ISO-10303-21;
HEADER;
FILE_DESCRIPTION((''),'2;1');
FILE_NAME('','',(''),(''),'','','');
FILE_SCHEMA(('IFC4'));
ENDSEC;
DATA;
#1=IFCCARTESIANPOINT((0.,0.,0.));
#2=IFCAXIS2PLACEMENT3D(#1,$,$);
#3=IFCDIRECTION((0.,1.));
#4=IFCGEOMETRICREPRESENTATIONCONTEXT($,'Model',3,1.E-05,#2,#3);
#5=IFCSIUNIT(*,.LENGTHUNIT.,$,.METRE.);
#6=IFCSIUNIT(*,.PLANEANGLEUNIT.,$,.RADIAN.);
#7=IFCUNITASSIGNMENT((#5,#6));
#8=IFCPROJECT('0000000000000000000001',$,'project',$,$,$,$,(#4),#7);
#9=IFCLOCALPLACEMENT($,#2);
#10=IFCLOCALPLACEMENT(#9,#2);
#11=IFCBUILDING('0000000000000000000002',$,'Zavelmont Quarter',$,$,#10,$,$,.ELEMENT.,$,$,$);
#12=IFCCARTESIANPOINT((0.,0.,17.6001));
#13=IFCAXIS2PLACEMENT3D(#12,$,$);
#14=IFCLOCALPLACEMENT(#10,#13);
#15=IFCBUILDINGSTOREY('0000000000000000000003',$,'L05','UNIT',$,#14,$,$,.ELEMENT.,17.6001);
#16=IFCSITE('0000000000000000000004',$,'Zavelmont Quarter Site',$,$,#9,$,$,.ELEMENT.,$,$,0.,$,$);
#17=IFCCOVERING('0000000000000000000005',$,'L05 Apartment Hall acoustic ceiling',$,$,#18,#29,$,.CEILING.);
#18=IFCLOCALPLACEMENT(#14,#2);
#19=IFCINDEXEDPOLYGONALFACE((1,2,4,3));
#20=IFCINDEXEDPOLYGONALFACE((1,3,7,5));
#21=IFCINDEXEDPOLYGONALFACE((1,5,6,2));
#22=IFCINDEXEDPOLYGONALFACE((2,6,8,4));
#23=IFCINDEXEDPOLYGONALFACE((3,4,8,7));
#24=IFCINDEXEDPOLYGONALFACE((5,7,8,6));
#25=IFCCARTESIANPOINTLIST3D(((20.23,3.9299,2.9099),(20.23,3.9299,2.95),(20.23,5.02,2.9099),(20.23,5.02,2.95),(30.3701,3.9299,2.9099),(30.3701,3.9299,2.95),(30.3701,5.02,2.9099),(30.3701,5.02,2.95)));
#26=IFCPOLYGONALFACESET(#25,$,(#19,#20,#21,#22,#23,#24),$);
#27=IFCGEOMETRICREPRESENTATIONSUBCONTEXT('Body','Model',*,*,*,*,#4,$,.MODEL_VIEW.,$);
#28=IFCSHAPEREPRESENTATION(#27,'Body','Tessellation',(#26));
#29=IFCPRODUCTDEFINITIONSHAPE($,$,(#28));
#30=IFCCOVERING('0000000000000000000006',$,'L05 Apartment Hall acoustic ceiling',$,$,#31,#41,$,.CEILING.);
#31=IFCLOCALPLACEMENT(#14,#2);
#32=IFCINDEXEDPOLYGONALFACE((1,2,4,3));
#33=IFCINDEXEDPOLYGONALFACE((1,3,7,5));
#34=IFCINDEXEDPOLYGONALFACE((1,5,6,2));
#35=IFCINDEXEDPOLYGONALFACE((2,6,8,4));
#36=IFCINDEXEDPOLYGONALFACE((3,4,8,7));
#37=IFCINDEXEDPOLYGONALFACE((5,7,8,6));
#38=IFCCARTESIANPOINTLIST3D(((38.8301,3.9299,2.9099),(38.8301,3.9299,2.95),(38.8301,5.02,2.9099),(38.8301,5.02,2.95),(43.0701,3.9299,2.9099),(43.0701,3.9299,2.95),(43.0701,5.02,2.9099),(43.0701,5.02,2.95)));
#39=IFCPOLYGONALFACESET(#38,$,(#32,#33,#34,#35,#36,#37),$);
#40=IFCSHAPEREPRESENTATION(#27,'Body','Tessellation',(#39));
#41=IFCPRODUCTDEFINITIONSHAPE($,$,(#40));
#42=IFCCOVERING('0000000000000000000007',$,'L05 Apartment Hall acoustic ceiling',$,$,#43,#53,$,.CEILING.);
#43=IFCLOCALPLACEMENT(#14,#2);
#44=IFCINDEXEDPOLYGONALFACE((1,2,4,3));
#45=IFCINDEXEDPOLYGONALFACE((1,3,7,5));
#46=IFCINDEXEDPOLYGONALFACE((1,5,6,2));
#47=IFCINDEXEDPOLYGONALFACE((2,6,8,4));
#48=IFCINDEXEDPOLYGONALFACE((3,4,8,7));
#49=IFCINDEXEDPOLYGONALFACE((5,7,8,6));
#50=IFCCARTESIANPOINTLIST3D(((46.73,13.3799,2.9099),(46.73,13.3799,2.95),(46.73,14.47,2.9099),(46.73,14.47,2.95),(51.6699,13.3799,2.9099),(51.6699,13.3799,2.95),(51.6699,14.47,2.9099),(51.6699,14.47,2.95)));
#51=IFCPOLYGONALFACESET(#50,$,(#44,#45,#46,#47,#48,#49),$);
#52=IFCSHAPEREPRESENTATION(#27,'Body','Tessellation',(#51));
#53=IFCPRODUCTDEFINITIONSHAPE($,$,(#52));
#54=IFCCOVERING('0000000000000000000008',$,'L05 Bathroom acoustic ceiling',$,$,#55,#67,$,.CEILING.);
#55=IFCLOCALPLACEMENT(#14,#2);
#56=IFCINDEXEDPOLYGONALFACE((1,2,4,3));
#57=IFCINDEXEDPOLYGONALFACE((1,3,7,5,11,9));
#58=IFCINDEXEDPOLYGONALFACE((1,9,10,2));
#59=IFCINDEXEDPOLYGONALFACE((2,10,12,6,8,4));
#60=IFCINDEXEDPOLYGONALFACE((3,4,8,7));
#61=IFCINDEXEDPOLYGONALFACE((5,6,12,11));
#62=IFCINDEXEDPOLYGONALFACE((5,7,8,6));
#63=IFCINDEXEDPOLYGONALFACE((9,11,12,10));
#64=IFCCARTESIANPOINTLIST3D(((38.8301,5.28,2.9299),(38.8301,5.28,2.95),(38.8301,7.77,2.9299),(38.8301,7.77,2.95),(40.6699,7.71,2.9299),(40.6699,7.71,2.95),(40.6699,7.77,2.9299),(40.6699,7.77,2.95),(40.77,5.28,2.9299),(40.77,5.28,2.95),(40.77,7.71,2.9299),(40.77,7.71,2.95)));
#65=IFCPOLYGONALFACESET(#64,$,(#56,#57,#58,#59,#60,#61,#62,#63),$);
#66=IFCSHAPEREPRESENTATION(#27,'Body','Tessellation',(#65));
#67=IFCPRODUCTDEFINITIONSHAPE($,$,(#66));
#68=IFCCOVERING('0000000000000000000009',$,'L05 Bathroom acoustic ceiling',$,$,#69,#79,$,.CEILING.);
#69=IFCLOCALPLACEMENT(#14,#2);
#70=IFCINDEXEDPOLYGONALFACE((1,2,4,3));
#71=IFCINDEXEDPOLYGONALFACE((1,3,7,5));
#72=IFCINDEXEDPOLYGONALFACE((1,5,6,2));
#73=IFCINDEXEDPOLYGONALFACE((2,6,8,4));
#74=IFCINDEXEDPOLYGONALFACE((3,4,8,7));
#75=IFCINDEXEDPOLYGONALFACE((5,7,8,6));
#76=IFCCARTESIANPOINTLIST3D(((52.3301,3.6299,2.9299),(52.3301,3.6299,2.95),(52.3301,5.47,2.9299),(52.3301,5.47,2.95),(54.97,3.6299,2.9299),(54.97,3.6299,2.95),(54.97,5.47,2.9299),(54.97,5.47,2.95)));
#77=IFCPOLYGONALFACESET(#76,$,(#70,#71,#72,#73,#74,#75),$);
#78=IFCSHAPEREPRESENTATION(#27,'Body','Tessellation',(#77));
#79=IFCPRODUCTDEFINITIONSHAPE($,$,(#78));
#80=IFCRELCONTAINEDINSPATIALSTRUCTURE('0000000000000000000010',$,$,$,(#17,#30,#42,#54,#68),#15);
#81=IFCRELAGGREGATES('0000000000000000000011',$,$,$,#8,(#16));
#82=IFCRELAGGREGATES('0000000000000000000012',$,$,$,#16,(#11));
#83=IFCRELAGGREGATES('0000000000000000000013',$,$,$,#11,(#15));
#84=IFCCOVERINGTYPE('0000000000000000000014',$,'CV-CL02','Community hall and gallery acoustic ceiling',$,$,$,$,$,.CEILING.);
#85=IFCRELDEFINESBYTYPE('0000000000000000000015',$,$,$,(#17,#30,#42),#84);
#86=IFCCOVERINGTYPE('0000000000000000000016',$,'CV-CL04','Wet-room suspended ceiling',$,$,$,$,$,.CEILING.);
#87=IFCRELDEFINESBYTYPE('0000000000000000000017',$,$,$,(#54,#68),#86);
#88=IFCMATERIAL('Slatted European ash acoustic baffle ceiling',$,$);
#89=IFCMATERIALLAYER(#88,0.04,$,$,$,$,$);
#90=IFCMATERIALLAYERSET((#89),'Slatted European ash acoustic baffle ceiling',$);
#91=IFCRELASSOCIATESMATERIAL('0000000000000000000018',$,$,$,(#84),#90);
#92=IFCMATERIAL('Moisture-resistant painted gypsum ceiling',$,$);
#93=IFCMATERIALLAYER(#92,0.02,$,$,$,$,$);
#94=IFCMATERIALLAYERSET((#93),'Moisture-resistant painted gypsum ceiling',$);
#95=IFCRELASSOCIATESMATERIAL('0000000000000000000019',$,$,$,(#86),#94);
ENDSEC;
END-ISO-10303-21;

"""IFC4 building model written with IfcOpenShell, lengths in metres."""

from ifc_helpers import new_model, si_unit, direction, frame, origin, place, context, subcontext, project, spatial, polyline, outline, extrude, material, layer, layer_set, type_object, element, save


model = new_model("IFC4")

# Units and contexts
model_context = context("Model", 3, precision=1e-05, world=origin(), true_north=direction((0.0, 1.0)))
body_context = subcontext(model_context, "Body", "Model", "MODEL_VIEW")
ifc_project = project(units=[si_unit("LENGTHUNIT", "METRE"), si_unit("PLANEANGLEUNIT", "RADIAN")], contexts=[model_context])

# Site, building, storey
site_placement = place(None, origin())
site = spatial("IfcSite", under=ifc_project, at=site_placement, Name="Zavelmont Quarter Site", CompositionType="ELEMENT", RefElevation=0.0)
building_placement = place(site_placement, origin())
building = spatial("IfcBuilding", under=site, at=building_placement, Name="Zavelmont Quarter", CompositionType="ELEMENT")
storey_placement = place(building_placement, frame((0.0, 0.0, 17.6001)))
storey = spatial("IfcBuildingStorey", under=building, at=storey_placement, Name="L05", Description="UNIT", CompositionType="ELEMENT", Elevation=17.6001)

# Coverings
ifc_material_1 = material(Name="Slatted European ash acoustic baffle ceiling")
ifc_layer_1 = layer(ifc_material_1, 0.04)
ifc_layer_set_1 = layer_set([ifc_layer_1], Name="Slatted European ash acoustic baffle ceiling")
covering_type_1 = type_object("IfcCoveringType", Name="CV-CL02", Description="Community hall and gallery acoustic ceiling", PredefinedType="CEILING", material=ifc_layer_set_1)
covering_1_placement = place(storey_placement, frame((0.0, 0.0, 2.9099)))
element("IfcCovering", 1, at=covering_1_placement, inside=storey, type_object=covering_type_1, Name="L05 Apartment Hall acoustic ceiling", PredefinedType="CEILING", context=body_context, shape_type="SweptSolid", body=[
    extrude(outline(polyline([(20.23, 5.02), (30.3701, 5.02), (30.3701, 3.9299), (20.23, 3.9299), (20.23, 5.02)])), origin(), (0.0, 0.0, 1.0), 0.04),
])
covering_2_placement = place(storey_placement, frame((0.0, 0.0, 2.9099)))
element("IfcCovering", 2, at=covering_2_placement, inside=storey, type_object=covering_type_1, Name="L05 Apartment Hall acoustic ceiling", PredefinedType="CEILING", context=body_context, shape_type="SweptSolid", body=[
    extrude(outline(polyline([(38.8301, 5.02), (43.0701, 5.02), (43.0701, 3.9299), (38.8301, 3.9299), (38.8301, 5.02)])), origin(), (0.0, 0.0, 1.0), 0.04),
])
covering_3_placement = place(storey_placement, frame((0.0, 0.0, 2.9099)))
element("IfcCovering", 3, at=covering_3_placement, inside=storey, type_object=covering_type_1, Name="L05 Apartment Hall acoustic ceiling", PredefinedType="CEILING", context=body_context, shape_type="SweptSolid", body=[
    extrude(outline(polyline([(46.73, 14.47), (51.6699, 14.47), (51.6699, 13.3799), (46.73, 13.3799), (46.73, 14.47)])), origin(), (0.0, 0.0, 1.0), 0.04),
])
ifc_material_2 = material(Name="Moisture-resistant painted gypsum ceiling")
ifc_layer_2 = layer(ifc_material_2, 0.02)
ifc_layer_set_2 = layer_set([ifc_layer_2], Name="Moisture-resistant painted gypsum ceiling")
covering_type_2 = type_object("IfcCoveringType", Name="CV-CL04", Description="Wet-room suspended ceiling", PredefinedType="CEILING", material=ifc_layer_set_2)
covering_4_placement = place(storey_placement, frame((0.0, 0.0, 2.9299)))
element("IfcCovering", 4, at=covering_4_placement, inside=storey, type_object=covering_type_2, Name="L05 Bathroom acoustic ceiling", PredefinedType="CEILING", context=body_context, shape_type="SweptSolid", body=[
    extrude(outline(polyline([(38.8301, 7.77), (40.6699, 7.77), (40.6699, 7.71), (40.77, 7.71), (40.77, 5.28), (38.8301, 5.28), (38.8301, 7.77)])), origin(), (0.0, 0.0, 1.0), 0.02),
])
covering_5_placement = place(storey_placement, frame((0.0, 0.0, 2.9299)))
element("IfcCovering", 5, at=covering_5_placement, inside=storey, type_object=covering_type_2, Name="L05 Bathroom acoustic ceiling", PredefinedType="CEILING", context=body_context, shape_type="SweptSolid", body=[
    extrude(outline(polyline([(52.3301, 5.47), (54.97, 5.47), (54.97, 3.6299), (52.3301, 3.6299), (52.3301, 5.47)])), origin(), (0.0, 0.0, 1.0), 0.02),
])

save(model, "model.ifc")
